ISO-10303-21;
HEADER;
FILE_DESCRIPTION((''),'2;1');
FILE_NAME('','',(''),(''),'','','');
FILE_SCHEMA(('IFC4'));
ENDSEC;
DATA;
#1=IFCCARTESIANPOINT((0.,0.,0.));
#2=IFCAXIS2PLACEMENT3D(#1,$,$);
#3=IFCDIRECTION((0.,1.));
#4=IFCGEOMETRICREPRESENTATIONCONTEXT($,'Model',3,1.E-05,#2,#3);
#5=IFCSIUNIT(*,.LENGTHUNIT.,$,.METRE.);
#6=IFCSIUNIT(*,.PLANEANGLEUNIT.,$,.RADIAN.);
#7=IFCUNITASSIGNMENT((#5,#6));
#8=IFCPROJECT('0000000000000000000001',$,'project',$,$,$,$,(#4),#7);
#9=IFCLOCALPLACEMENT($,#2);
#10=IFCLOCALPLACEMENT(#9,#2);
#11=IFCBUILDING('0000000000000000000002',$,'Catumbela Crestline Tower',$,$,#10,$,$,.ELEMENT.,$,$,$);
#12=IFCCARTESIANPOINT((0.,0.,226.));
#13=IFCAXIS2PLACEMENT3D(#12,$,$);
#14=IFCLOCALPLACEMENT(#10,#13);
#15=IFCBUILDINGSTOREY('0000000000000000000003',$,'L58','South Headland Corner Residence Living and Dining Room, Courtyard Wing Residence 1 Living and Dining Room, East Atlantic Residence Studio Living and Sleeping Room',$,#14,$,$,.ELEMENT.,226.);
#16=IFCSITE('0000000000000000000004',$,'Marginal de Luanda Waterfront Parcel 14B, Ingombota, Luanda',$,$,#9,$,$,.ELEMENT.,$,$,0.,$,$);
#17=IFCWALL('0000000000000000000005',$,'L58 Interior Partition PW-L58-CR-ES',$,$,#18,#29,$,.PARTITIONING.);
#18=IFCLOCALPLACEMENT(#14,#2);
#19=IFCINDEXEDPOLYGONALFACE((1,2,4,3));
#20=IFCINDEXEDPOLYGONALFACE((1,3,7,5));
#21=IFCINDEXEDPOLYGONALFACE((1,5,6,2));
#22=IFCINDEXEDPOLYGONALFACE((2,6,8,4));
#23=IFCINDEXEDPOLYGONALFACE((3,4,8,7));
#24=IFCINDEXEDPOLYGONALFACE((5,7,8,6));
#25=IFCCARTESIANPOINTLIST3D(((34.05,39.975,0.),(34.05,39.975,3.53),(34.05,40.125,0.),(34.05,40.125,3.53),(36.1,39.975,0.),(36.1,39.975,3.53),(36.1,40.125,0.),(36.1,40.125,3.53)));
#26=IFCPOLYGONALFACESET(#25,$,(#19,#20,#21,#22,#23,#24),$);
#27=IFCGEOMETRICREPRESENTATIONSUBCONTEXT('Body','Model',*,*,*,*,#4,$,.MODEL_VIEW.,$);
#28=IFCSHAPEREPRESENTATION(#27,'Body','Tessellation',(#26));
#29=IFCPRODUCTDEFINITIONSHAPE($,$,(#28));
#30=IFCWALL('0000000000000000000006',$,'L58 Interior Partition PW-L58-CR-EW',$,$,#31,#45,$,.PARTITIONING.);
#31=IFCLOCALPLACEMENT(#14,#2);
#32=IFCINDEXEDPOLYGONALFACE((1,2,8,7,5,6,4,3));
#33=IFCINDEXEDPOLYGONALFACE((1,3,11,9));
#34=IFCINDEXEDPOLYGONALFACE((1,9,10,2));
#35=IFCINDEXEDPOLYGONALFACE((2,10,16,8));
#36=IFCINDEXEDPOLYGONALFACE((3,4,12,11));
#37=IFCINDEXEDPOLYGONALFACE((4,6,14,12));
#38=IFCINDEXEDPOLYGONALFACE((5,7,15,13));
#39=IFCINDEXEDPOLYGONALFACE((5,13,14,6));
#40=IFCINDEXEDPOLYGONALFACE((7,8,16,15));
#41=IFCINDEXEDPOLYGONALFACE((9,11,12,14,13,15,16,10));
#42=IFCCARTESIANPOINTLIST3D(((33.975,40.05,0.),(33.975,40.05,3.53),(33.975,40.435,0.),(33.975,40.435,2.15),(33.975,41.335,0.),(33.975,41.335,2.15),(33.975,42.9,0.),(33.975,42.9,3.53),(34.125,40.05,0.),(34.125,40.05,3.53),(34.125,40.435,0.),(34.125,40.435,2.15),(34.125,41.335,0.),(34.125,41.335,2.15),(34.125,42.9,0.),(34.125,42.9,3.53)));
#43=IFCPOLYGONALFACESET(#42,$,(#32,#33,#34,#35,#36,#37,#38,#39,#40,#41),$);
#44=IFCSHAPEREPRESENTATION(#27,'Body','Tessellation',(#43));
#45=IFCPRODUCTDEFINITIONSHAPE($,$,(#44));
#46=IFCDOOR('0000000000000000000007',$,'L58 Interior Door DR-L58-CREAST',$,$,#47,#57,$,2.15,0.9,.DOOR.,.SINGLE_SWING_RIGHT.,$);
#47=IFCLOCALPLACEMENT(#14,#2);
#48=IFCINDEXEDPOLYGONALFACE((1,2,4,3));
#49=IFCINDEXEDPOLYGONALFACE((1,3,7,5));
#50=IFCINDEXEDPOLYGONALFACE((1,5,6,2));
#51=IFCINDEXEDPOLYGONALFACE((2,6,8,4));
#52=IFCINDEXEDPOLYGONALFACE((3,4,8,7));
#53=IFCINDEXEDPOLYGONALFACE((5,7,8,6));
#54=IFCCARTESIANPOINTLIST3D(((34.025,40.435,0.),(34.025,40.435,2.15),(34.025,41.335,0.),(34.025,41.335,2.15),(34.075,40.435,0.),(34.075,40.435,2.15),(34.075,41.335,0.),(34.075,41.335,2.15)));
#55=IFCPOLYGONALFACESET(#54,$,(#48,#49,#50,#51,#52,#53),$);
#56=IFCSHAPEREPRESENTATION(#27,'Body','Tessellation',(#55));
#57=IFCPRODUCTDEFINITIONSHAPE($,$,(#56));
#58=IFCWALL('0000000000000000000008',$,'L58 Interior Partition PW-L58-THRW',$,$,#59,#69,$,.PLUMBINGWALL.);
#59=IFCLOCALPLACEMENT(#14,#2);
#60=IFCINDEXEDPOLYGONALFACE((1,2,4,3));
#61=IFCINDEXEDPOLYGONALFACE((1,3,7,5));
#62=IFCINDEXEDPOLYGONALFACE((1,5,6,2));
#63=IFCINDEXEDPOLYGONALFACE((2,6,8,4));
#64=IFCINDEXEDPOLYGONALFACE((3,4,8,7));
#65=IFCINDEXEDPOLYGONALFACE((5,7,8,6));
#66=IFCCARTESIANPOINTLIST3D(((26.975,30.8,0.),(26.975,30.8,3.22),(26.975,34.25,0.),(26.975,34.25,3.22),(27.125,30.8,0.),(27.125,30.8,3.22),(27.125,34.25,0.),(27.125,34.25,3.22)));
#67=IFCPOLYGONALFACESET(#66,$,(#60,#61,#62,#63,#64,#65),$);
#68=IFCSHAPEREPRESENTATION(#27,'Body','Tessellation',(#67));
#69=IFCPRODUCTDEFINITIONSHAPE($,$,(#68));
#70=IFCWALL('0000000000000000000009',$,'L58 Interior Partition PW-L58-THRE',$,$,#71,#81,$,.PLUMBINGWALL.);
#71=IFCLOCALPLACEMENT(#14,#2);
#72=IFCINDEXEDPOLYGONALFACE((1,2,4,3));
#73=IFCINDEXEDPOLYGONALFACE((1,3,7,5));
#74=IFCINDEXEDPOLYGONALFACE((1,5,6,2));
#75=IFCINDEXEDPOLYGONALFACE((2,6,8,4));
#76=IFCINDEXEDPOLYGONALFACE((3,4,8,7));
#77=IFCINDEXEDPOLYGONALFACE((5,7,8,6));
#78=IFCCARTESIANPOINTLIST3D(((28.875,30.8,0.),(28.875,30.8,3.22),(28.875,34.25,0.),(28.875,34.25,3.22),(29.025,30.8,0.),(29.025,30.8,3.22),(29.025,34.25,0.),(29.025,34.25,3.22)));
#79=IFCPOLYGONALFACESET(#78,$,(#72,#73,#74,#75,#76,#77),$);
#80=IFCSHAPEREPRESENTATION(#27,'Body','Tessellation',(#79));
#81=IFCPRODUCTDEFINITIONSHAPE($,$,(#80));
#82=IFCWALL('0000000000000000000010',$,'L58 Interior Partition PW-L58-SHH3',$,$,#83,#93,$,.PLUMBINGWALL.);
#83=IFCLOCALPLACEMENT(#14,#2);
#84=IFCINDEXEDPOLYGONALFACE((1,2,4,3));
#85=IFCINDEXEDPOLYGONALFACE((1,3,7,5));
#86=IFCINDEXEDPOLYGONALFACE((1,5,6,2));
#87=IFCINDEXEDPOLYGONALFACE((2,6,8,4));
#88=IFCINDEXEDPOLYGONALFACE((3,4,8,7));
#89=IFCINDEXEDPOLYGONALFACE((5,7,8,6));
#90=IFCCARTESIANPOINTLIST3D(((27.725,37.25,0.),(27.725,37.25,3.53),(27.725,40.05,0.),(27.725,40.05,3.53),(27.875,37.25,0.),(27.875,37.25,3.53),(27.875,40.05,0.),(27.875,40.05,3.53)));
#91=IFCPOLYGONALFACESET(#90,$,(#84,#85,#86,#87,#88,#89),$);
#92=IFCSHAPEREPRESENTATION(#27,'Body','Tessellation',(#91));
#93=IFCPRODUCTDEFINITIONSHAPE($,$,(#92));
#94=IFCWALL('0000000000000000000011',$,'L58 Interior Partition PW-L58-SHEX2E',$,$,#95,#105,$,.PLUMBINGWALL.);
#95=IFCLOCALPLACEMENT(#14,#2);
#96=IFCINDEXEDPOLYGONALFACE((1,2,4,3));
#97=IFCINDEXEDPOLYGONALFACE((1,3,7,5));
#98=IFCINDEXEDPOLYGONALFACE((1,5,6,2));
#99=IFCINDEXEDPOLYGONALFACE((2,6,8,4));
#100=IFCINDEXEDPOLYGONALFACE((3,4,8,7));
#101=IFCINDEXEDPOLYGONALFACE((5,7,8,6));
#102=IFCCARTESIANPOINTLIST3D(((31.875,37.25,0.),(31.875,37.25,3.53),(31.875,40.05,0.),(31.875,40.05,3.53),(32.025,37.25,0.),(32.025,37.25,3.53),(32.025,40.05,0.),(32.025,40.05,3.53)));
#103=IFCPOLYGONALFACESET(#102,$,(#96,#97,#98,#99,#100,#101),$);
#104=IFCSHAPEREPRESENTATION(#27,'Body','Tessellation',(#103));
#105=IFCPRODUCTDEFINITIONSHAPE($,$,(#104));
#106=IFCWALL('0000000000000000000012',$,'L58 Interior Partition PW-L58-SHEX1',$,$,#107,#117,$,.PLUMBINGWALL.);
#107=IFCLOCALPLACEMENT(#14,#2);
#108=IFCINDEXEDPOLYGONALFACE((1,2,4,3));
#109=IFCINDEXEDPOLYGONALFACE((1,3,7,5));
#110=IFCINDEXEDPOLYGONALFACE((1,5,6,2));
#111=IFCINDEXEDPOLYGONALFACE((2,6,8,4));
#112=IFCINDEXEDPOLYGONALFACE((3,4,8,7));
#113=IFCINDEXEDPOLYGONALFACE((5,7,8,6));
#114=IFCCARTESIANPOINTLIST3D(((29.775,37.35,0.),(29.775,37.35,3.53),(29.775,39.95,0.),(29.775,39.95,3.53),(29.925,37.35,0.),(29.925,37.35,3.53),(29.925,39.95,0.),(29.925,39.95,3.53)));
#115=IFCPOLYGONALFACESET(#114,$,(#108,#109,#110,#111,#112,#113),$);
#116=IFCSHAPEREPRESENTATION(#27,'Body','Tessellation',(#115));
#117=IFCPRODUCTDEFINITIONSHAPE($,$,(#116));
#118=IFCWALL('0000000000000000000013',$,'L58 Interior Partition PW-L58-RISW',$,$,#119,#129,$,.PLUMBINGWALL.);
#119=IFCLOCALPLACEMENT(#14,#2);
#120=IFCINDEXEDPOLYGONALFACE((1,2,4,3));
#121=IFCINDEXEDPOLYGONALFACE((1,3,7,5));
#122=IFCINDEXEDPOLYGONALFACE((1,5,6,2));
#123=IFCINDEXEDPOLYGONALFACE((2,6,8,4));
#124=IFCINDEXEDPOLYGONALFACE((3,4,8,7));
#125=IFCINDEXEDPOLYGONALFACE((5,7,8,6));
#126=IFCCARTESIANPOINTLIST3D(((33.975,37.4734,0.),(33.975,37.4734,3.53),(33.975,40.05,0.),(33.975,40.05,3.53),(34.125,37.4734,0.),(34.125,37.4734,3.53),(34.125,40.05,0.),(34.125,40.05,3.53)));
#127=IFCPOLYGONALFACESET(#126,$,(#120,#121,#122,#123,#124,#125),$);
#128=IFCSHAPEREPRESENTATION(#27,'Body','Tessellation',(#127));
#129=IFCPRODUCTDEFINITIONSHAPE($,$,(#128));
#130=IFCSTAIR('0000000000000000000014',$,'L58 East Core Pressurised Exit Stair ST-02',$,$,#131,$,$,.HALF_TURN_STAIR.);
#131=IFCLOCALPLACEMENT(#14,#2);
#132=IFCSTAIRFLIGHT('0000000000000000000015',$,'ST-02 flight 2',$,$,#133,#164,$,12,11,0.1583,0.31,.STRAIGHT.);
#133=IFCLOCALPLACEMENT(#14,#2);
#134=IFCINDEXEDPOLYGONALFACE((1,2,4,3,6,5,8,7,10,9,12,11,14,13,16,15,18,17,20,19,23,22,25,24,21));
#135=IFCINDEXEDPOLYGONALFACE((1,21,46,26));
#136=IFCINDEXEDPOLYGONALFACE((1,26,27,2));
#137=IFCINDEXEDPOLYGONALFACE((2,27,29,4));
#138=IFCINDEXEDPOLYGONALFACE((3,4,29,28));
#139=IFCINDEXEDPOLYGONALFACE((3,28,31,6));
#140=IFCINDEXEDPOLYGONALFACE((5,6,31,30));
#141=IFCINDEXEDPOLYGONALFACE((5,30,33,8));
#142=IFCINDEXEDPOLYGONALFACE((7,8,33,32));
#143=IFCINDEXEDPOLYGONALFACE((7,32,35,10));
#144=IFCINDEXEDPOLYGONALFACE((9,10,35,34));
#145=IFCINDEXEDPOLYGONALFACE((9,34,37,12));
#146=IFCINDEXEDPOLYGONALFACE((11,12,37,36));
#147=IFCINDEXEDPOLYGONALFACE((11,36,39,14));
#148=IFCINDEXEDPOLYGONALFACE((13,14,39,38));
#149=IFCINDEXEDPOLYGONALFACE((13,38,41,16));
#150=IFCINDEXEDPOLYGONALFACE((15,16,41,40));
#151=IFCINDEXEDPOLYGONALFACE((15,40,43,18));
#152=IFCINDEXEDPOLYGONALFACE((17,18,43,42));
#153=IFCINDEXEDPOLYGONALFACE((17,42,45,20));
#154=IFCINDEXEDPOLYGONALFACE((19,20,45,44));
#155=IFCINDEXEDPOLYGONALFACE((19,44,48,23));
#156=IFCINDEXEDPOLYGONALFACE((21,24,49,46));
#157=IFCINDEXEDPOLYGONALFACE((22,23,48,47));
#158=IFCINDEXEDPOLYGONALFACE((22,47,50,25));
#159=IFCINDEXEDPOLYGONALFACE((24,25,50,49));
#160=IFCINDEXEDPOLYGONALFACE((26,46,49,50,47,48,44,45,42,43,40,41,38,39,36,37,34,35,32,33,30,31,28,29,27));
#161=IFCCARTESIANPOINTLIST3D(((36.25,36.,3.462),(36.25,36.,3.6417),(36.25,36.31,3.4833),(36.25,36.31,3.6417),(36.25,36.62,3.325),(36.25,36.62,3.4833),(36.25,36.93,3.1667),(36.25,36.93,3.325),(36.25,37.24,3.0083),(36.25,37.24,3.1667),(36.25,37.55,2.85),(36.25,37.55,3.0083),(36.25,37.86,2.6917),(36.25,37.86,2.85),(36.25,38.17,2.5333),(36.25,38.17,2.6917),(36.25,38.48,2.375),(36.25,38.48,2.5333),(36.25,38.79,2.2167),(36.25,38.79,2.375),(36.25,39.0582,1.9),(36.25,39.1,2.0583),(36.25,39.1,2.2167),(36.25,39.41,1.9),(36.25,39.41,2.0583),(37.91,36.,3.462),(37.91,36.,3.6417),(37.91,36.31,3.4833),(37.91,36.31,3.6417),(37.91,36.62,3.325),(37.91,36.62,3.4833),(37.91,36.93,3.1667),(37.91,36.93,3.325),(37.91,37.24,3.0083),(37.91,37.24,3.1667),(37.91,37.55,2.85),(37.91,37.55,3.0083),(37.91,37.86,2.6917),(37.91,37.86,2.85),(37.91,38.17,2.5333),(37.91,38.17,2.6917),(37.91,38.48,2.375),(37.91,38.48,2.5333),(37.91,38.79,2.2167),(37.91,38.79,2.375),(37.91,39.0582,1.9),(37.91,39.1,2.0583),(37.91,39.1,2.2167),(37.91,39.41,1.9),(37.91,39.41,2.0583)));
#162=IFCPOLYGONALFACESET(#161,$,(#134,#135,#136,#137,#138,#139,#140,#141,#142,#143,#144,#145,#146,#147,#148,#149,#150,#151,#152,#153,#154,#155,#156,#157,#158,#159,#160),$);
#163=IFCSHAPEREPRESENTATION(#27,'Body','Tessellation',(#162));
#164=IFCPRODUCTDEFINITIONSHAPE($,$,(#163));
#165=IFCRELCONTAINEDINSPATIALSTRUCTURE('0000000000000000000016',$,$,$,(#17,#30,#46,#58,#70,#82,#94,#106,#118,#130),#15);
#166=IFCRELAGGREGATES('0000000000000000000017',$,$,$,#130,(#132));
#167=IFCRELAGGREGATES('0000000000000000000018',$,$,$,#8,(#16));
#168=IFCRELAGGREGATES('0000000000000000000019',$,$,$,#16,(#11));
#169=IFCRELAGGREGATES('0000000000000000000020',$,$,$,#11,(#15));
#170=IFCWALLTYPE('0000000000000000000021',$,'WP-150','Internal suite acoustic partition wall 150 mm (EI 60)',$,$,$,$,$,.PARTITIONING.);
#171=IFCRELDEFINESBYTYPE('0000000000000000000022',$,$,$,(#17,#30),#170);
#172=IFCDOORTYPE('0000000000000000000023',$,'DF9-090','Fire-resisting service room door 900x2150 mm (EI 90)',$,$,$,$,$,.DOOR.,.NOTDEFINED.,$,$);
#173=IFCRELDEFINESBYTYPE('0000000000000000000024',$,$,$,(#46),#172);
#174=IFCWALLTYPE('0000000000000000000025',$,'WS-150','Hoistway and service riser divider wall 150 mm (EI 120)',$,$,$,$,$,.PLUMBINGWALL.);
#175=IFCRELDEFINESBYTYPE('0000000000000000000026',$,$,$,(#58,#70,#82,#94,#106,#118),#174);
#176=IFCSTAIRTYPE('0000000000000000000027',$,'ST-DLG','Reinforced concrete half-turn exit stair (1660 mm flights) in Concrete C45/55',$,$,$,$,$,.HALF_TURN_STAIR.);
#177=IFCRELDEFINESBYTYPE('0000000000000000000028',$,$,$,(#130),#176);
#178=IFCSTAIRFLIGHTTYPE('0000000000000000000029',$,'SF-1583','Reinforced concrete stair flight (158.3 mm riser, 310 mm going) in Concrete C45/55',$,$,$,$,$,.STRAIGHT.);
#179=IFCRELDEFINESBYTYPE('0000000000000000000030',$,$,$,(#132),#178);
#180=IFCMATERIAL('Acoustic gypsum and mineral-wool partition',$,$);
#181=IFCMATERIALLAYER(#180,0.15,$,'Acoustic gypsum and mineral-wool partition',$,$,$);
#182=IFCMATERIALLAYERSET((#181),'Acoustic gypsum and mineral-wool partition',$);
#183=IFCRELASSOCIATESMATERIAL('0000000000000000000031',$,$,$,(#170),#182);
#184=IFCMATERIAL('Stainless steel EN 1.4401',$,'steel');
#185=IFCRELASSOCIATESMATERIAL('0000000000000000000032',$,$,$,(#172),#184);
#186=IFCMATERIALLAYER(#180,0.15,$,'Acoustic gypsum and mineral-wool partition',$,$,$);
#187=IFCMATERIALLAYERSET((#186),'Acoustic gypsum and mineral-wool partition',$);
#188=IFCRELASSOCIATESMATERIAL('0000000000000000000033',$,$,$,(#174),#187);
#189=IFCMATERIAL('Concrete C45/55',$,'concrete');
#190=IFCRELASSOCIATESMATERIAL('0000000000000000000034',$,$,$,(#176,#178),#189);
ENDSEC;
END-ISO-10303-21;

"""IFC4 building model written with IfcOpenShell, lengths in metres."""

from ifc_helpers import new_model, si_unit, direction, frame, frame_2d, origin, place, context, subcontext, project, spatial, polyline, rectangle, outline, extrude, material, layer, layer_set, type_object, element, fill, aggregate, save


model = new_model("IFC4")

# Units and contexts
model_context = context("Model", 3, precision=1e-05, world=origin(), true_north=direction((0.0, 1.0)))
body_context = subcontext(model_context, "Body", "Model", "MODEL_VIEW")
ifc_project = project(units=[si_unit("LENGTHUNIT", "METRE"), si_unit("PLANEANGLEUNIT", "RADIAN")], contexts=[model_context])

# Site, building, storey
site_placement = place(None, origin())
site = spatial("IfcSite", under=ifc_project, at=site_placement, Name="Marginal de Luanda Waterfront Parcel 14B, Ingombota, Luanda", CompositionType="ELEMENT", RefElevation=0.0)
building_placement = place(site_placement, origin())
building = spatial("IfcBuilding", under=site, at=building_placement, Name="Catumbela Crestline Tower", CompositionType="ELEMENT")
storey_placement = place(building_placement, frame((0.0, 0.0, 226.0)))
storey = spatial("IfcBuildingStorey", under=building, at=storey_placement, Name="L58", Description="South Headland Corner Residence Living and Dining Room, Courtyard Wing Residence 1 Living and Dining Room, East Atlantic Residence Studio Living and Sleeping Room", CompositionType="ELEMENT", Elevation=226.0)

# Shared definitions
ifc_material_1 = material(Name="Stainless steel EN 1.4401", Category="steel")

# Shared definitions
ifc_material_2 = material(Name="Concrete C45/55", Category="concrete")
ifc_material_3 = material(Name="Acoustic gypsum and mineral-wool partition")

# Wall
ifc_layer_1 = layer(ifc_material_3, 0.15, Name="Acoustic gypsum and mineral-wool partition")
ifc_layer_set_1 = layer_set([ifc_layer_1], Name="Acoustic gypsum and mineral-wool partition")
wall_type_1 = type_object("IfcWallType", Name="WP-150", Description="Internal suite acoustic partition wall 150 mm (EI 60)", PredefinedType="PARTITIONING", material=ifc_layer_set_1)
wall_1_placement = place(storey_placement, frame((34.05, 40.05, 0.0), z_axis=(0.0, 0.0, 1.0), x_axis=(1.0, 0.0, 0.0)))
element("IfcWall", 1, at=wall_1_placement, inside=storey, type_object=wall_type_1, Name="L58 Interior Partition PW-L58-CR-ES", PredefinedType="PARTITIONING", context=body_context, shape_type="SweptSolid", body=[
    extrude(rectangle(XDim=2.05, YDim=0.15, at=frame_2d((1.025, 0.0))), origin(), (0.0, 0.0, 1.0), 3.53),
])

# Wall, opening, door
wall_2_placement = place(storey_placement, frame((34.05, 40.05, 0.0), z_axis=(0.0, 0.0, 1.0), x_axis=(0.0, 1.0, 0.0)))
wall_2 = element("IfcWall", 2, at=wall_2_placement, inside=storey, type_object=wall_type_1, Name="L58 Interior Partition PW-L58-CR-EW", PredefinedType="PARTITIONING", context=body_context, shape_type="SweptSolid", body=[
    extrude(rectangle(XDim=2.85, YDim=0.15, at=frame_2d((1.425, 0.0))), origin(), (0.0, 0.0, 1.0), 3.53),
])
opening_1_placement = place(wall_2_placement, frame((0.385, 0.0, 0.0)))
opening_1 = element("IfcOpeningElement", 3, at=opening_1_placement, cuts=wall_2, PredefinedType="OPENING", context=body_context, shape_type="SweptSolid", body=[
    extrude(rectangle(XDim=0.9, YDim=2.15, at=frame_2d((0.45, 1.075))), frame((0.0, 0.085, 0.0), z_axis=(0.0, -1.0, 0.0), x_axis=(1.0, 0.0, 0.0)), (0.0, 0.0, 1.0), 0.17),
])
door_type_1 = type_object("IfcDoorType", Name="DF9-090", Description="Fire-resisting service room door 900x2150 mm (EI 90)", OperationType="NOTDEFINED", PredefinedType="DOOR", material=ifc_material_1)
door_1_placement = place(opening_1_placement, origin())
door_1 = element("IfcDoor", 4, at=door_1_placement, inside=storey, type_object=door_type_1, Name="L58 Interior Door DR-L58-CREAST", OperationType="SINGLE_SWING_RIGHT", OverallHeight=2.15, OverallWidth=0.9, PredefinedType="DOOR", context=body_context, shape_type="SweptSolid", body=[
    extrude(rectangle(XDim=0.9, YDim=2.15, at=frame_2d((0.45, 1.075))), frame((0.0, 0.025, 0.0), z_axis=(0.0, -1.0, 0.0), x_axis=(1.0, 0.0, 0.0)), (0.0, 0.0, 1.0), 0.05),
])
fill(opening_1, door_1)

# Walls
ifc_layer_2 = layer(ifc_material_3, 0.15, Name="Acoustic gypsum and mineral-wool partition")
ifc_layer_set_2 = layer_set([ifc_layer_2], Name="Acoustic gypsum and mineral-wool partition")
wall_type_2 = type_object("IfcWallType", Name="WS-150", Description="Hoistway and service riser divider wall 150 mm (EI 120)", PredefinedType="PLUMBINGWALL", material=ifc_layer_set_2)
for number, where, z_axis, x_axis, name in (
    (5, (27.05, 30.8, 0.0), (0.0, 0.0, 1.0), (0.0, 1.0, 0.0), "L58 Interior Partition PW-L58-THRW"),
    (6, (28.95, 30.8, 0.0), (0.0, 0.0, 1.0), (0.0, 1.0, 0.0), "L58 Interior Partition PW-L58-THRE"),
):
    element("IfcWall", number, at=place(storey_placement, frame(where, z_axis=z_axis, x_axis=x_axis)), inside=storey, type_object=wall_type_2, Name=name, PredefinedType="PLUMBINGWALL", context=body_context, shape_type="SweptSolid", body=[
        extrude(rectangle(XDim=3.45, YDim=0.15, at=frame_2d((1.725, 0.0))), origin(), (0.0, 0.0, 1.0), 3.22),
    ])
for number, where, z_axis, x_axis, name in (
    (7, (27.8, 37.25, 0.0), (0.0, 0.0, 1.0), (0.0, 1.0, 0.0), "L58 Interior Partition PW-L58-SHH3"),
    (8, (31.95, 37.25, 0.0), (0.0, 0.0, 1.0), (0.0, 1.0, 0.0), "L58 Interior Partition PW-L58-SHEX2E"),
):
    element("IfcWall", number, at=place(storey_placement, frame(where, z_axis=z_axis, x_axis=x_axis)), inside=storey, type_object=wall_type_2, Name=name, PredefinedType="PLUMBINGWALL", context=body_context, shape_type="SweptSolid", body=[
        extrude(rectangle(XDim=2.8, YDim=0.15, at=frame_2d((1.4, 0.0))), origin(), (0.0, 0.0, 1.0), 3.53),
    ])
wall_3_placement = place(storey_placement, frame((29.85, 37.35, 0.0), z_axis=(0.0, 0.0, 1.0), x_axis=(0.0, 1.0, 0.0)))
element("IfcWall", 9, at=wall_3_placement, inside=storey, type_object=wall_type_2, Name="L58 Interior Partition PW-L58-SHEX1", PredefinedType="PLUMBINGWALL", context=body_context, shape_type="SweptSolid", body=[
    extrude(rectangle(XDim=2.6, YDim=0.15, at=frame_2d((1.3, 0.0))), origin(), (0.0, 0.0, 1.0), 3.53),
])
wall_4_placement = place(storey_placement, frame((34.05, 37.4734, 0.0), z_axis=(0.0, 0.0, 1.0), x_axis=(0.0, 1.0, 0.0)))
element("IfcWall", 10, at=wall_4_placement, inside=storey, type_object=wall_type_2, Name="L58 Interior Partition PW-L58-RISW", PredefinedType="PLUMBINGWALL", context=body_context, shape_type="SweptSolid", body=[
    extrude(rectangle(XDim=2.5766, YDim=0.15, at=frame_2d((1.2883, 0.0))), origin(), (0.0, 0.0, 1.0), 3.53),
])

# Stair, stair flight
stair_type = type_object("IfcStairType", Name="ST-DLG", Description="Reinforced concrete half-turn exit stair (1660 mm flights) in Concrete C45/55", PredefinedType="HALF_TURN_STAIR", material=ifc_material_2)
stair_placement = place(storey_placement, origin())
stair = element("IfcStair", 11, at=stair_placement, inside=storey, type_object=stair_type, Name="L58 East Core Pressurised Exit Stair ST-02", PredefinedType="HALF_TURN_STAIR")
stair_flight_type = type_object("IfcStairFlightType", Name="SF-1583", Description="Reinforced concrete stair flight (158.3 mm riser, 310 mm going) in Concrete C45/55", PredefinedType="STRAIGHT", material=ifc_material_2)
stair_flight_placement = place(storey_placement, frame((37.08, 39.41, 1.9), z_axis=(0.0, 0.0, 1.0), x_axis=(0.0, -1.0, 0.0)))
stair_flight = element("IfcStairFlight", 12, at=stair_flight_placement, type_object=stair_flight_type, Name="ST-02 flight 2", NumberOfRisers=12, NumberOfTreads=11, PredefinedType="STRAIGHT", RiserHeight=0.1583, TreadLength=0.31, context=body_context, shape_type="SweptSolid", body=[
    extrude(outline(polyline([(0.0, 0.0), (0.0, 0.1583), (0.31, 0.1583), (0.31, 0.3167), (0.62, 0.3167), (0.62, 0.475), (0.93, 0.475), (0.93, 0.6333), (1.24, 0.6333), (1.24, 0.7917), (1.55, 0.7917), (1.55, 0.95), (1.86, 0.95), (1.86, 1.1083), (2.17, 1.1083), (2.17, 1.2667), (2.48, 1.2667), (2.48, 1.425), (2.79, 1.425), (2.79, 1.5833), (3.1, 1.5833), (3.1, 1.7417), (3.41, 1.7417), (3.41, 1.9), (3.41, 1.562), (0.3518, 0.0), (0.0, 0.0)])), frame((0.0, 0.83, 0.0), z_axis=(0.0, -1.0, 0.0), x_axis=(1.0, 0.0, 0.0)), (0.0, 0.0, 1.0), 1.66),
])
aggregate(stair, [stair_flight])

save(model, "model.ifc")
